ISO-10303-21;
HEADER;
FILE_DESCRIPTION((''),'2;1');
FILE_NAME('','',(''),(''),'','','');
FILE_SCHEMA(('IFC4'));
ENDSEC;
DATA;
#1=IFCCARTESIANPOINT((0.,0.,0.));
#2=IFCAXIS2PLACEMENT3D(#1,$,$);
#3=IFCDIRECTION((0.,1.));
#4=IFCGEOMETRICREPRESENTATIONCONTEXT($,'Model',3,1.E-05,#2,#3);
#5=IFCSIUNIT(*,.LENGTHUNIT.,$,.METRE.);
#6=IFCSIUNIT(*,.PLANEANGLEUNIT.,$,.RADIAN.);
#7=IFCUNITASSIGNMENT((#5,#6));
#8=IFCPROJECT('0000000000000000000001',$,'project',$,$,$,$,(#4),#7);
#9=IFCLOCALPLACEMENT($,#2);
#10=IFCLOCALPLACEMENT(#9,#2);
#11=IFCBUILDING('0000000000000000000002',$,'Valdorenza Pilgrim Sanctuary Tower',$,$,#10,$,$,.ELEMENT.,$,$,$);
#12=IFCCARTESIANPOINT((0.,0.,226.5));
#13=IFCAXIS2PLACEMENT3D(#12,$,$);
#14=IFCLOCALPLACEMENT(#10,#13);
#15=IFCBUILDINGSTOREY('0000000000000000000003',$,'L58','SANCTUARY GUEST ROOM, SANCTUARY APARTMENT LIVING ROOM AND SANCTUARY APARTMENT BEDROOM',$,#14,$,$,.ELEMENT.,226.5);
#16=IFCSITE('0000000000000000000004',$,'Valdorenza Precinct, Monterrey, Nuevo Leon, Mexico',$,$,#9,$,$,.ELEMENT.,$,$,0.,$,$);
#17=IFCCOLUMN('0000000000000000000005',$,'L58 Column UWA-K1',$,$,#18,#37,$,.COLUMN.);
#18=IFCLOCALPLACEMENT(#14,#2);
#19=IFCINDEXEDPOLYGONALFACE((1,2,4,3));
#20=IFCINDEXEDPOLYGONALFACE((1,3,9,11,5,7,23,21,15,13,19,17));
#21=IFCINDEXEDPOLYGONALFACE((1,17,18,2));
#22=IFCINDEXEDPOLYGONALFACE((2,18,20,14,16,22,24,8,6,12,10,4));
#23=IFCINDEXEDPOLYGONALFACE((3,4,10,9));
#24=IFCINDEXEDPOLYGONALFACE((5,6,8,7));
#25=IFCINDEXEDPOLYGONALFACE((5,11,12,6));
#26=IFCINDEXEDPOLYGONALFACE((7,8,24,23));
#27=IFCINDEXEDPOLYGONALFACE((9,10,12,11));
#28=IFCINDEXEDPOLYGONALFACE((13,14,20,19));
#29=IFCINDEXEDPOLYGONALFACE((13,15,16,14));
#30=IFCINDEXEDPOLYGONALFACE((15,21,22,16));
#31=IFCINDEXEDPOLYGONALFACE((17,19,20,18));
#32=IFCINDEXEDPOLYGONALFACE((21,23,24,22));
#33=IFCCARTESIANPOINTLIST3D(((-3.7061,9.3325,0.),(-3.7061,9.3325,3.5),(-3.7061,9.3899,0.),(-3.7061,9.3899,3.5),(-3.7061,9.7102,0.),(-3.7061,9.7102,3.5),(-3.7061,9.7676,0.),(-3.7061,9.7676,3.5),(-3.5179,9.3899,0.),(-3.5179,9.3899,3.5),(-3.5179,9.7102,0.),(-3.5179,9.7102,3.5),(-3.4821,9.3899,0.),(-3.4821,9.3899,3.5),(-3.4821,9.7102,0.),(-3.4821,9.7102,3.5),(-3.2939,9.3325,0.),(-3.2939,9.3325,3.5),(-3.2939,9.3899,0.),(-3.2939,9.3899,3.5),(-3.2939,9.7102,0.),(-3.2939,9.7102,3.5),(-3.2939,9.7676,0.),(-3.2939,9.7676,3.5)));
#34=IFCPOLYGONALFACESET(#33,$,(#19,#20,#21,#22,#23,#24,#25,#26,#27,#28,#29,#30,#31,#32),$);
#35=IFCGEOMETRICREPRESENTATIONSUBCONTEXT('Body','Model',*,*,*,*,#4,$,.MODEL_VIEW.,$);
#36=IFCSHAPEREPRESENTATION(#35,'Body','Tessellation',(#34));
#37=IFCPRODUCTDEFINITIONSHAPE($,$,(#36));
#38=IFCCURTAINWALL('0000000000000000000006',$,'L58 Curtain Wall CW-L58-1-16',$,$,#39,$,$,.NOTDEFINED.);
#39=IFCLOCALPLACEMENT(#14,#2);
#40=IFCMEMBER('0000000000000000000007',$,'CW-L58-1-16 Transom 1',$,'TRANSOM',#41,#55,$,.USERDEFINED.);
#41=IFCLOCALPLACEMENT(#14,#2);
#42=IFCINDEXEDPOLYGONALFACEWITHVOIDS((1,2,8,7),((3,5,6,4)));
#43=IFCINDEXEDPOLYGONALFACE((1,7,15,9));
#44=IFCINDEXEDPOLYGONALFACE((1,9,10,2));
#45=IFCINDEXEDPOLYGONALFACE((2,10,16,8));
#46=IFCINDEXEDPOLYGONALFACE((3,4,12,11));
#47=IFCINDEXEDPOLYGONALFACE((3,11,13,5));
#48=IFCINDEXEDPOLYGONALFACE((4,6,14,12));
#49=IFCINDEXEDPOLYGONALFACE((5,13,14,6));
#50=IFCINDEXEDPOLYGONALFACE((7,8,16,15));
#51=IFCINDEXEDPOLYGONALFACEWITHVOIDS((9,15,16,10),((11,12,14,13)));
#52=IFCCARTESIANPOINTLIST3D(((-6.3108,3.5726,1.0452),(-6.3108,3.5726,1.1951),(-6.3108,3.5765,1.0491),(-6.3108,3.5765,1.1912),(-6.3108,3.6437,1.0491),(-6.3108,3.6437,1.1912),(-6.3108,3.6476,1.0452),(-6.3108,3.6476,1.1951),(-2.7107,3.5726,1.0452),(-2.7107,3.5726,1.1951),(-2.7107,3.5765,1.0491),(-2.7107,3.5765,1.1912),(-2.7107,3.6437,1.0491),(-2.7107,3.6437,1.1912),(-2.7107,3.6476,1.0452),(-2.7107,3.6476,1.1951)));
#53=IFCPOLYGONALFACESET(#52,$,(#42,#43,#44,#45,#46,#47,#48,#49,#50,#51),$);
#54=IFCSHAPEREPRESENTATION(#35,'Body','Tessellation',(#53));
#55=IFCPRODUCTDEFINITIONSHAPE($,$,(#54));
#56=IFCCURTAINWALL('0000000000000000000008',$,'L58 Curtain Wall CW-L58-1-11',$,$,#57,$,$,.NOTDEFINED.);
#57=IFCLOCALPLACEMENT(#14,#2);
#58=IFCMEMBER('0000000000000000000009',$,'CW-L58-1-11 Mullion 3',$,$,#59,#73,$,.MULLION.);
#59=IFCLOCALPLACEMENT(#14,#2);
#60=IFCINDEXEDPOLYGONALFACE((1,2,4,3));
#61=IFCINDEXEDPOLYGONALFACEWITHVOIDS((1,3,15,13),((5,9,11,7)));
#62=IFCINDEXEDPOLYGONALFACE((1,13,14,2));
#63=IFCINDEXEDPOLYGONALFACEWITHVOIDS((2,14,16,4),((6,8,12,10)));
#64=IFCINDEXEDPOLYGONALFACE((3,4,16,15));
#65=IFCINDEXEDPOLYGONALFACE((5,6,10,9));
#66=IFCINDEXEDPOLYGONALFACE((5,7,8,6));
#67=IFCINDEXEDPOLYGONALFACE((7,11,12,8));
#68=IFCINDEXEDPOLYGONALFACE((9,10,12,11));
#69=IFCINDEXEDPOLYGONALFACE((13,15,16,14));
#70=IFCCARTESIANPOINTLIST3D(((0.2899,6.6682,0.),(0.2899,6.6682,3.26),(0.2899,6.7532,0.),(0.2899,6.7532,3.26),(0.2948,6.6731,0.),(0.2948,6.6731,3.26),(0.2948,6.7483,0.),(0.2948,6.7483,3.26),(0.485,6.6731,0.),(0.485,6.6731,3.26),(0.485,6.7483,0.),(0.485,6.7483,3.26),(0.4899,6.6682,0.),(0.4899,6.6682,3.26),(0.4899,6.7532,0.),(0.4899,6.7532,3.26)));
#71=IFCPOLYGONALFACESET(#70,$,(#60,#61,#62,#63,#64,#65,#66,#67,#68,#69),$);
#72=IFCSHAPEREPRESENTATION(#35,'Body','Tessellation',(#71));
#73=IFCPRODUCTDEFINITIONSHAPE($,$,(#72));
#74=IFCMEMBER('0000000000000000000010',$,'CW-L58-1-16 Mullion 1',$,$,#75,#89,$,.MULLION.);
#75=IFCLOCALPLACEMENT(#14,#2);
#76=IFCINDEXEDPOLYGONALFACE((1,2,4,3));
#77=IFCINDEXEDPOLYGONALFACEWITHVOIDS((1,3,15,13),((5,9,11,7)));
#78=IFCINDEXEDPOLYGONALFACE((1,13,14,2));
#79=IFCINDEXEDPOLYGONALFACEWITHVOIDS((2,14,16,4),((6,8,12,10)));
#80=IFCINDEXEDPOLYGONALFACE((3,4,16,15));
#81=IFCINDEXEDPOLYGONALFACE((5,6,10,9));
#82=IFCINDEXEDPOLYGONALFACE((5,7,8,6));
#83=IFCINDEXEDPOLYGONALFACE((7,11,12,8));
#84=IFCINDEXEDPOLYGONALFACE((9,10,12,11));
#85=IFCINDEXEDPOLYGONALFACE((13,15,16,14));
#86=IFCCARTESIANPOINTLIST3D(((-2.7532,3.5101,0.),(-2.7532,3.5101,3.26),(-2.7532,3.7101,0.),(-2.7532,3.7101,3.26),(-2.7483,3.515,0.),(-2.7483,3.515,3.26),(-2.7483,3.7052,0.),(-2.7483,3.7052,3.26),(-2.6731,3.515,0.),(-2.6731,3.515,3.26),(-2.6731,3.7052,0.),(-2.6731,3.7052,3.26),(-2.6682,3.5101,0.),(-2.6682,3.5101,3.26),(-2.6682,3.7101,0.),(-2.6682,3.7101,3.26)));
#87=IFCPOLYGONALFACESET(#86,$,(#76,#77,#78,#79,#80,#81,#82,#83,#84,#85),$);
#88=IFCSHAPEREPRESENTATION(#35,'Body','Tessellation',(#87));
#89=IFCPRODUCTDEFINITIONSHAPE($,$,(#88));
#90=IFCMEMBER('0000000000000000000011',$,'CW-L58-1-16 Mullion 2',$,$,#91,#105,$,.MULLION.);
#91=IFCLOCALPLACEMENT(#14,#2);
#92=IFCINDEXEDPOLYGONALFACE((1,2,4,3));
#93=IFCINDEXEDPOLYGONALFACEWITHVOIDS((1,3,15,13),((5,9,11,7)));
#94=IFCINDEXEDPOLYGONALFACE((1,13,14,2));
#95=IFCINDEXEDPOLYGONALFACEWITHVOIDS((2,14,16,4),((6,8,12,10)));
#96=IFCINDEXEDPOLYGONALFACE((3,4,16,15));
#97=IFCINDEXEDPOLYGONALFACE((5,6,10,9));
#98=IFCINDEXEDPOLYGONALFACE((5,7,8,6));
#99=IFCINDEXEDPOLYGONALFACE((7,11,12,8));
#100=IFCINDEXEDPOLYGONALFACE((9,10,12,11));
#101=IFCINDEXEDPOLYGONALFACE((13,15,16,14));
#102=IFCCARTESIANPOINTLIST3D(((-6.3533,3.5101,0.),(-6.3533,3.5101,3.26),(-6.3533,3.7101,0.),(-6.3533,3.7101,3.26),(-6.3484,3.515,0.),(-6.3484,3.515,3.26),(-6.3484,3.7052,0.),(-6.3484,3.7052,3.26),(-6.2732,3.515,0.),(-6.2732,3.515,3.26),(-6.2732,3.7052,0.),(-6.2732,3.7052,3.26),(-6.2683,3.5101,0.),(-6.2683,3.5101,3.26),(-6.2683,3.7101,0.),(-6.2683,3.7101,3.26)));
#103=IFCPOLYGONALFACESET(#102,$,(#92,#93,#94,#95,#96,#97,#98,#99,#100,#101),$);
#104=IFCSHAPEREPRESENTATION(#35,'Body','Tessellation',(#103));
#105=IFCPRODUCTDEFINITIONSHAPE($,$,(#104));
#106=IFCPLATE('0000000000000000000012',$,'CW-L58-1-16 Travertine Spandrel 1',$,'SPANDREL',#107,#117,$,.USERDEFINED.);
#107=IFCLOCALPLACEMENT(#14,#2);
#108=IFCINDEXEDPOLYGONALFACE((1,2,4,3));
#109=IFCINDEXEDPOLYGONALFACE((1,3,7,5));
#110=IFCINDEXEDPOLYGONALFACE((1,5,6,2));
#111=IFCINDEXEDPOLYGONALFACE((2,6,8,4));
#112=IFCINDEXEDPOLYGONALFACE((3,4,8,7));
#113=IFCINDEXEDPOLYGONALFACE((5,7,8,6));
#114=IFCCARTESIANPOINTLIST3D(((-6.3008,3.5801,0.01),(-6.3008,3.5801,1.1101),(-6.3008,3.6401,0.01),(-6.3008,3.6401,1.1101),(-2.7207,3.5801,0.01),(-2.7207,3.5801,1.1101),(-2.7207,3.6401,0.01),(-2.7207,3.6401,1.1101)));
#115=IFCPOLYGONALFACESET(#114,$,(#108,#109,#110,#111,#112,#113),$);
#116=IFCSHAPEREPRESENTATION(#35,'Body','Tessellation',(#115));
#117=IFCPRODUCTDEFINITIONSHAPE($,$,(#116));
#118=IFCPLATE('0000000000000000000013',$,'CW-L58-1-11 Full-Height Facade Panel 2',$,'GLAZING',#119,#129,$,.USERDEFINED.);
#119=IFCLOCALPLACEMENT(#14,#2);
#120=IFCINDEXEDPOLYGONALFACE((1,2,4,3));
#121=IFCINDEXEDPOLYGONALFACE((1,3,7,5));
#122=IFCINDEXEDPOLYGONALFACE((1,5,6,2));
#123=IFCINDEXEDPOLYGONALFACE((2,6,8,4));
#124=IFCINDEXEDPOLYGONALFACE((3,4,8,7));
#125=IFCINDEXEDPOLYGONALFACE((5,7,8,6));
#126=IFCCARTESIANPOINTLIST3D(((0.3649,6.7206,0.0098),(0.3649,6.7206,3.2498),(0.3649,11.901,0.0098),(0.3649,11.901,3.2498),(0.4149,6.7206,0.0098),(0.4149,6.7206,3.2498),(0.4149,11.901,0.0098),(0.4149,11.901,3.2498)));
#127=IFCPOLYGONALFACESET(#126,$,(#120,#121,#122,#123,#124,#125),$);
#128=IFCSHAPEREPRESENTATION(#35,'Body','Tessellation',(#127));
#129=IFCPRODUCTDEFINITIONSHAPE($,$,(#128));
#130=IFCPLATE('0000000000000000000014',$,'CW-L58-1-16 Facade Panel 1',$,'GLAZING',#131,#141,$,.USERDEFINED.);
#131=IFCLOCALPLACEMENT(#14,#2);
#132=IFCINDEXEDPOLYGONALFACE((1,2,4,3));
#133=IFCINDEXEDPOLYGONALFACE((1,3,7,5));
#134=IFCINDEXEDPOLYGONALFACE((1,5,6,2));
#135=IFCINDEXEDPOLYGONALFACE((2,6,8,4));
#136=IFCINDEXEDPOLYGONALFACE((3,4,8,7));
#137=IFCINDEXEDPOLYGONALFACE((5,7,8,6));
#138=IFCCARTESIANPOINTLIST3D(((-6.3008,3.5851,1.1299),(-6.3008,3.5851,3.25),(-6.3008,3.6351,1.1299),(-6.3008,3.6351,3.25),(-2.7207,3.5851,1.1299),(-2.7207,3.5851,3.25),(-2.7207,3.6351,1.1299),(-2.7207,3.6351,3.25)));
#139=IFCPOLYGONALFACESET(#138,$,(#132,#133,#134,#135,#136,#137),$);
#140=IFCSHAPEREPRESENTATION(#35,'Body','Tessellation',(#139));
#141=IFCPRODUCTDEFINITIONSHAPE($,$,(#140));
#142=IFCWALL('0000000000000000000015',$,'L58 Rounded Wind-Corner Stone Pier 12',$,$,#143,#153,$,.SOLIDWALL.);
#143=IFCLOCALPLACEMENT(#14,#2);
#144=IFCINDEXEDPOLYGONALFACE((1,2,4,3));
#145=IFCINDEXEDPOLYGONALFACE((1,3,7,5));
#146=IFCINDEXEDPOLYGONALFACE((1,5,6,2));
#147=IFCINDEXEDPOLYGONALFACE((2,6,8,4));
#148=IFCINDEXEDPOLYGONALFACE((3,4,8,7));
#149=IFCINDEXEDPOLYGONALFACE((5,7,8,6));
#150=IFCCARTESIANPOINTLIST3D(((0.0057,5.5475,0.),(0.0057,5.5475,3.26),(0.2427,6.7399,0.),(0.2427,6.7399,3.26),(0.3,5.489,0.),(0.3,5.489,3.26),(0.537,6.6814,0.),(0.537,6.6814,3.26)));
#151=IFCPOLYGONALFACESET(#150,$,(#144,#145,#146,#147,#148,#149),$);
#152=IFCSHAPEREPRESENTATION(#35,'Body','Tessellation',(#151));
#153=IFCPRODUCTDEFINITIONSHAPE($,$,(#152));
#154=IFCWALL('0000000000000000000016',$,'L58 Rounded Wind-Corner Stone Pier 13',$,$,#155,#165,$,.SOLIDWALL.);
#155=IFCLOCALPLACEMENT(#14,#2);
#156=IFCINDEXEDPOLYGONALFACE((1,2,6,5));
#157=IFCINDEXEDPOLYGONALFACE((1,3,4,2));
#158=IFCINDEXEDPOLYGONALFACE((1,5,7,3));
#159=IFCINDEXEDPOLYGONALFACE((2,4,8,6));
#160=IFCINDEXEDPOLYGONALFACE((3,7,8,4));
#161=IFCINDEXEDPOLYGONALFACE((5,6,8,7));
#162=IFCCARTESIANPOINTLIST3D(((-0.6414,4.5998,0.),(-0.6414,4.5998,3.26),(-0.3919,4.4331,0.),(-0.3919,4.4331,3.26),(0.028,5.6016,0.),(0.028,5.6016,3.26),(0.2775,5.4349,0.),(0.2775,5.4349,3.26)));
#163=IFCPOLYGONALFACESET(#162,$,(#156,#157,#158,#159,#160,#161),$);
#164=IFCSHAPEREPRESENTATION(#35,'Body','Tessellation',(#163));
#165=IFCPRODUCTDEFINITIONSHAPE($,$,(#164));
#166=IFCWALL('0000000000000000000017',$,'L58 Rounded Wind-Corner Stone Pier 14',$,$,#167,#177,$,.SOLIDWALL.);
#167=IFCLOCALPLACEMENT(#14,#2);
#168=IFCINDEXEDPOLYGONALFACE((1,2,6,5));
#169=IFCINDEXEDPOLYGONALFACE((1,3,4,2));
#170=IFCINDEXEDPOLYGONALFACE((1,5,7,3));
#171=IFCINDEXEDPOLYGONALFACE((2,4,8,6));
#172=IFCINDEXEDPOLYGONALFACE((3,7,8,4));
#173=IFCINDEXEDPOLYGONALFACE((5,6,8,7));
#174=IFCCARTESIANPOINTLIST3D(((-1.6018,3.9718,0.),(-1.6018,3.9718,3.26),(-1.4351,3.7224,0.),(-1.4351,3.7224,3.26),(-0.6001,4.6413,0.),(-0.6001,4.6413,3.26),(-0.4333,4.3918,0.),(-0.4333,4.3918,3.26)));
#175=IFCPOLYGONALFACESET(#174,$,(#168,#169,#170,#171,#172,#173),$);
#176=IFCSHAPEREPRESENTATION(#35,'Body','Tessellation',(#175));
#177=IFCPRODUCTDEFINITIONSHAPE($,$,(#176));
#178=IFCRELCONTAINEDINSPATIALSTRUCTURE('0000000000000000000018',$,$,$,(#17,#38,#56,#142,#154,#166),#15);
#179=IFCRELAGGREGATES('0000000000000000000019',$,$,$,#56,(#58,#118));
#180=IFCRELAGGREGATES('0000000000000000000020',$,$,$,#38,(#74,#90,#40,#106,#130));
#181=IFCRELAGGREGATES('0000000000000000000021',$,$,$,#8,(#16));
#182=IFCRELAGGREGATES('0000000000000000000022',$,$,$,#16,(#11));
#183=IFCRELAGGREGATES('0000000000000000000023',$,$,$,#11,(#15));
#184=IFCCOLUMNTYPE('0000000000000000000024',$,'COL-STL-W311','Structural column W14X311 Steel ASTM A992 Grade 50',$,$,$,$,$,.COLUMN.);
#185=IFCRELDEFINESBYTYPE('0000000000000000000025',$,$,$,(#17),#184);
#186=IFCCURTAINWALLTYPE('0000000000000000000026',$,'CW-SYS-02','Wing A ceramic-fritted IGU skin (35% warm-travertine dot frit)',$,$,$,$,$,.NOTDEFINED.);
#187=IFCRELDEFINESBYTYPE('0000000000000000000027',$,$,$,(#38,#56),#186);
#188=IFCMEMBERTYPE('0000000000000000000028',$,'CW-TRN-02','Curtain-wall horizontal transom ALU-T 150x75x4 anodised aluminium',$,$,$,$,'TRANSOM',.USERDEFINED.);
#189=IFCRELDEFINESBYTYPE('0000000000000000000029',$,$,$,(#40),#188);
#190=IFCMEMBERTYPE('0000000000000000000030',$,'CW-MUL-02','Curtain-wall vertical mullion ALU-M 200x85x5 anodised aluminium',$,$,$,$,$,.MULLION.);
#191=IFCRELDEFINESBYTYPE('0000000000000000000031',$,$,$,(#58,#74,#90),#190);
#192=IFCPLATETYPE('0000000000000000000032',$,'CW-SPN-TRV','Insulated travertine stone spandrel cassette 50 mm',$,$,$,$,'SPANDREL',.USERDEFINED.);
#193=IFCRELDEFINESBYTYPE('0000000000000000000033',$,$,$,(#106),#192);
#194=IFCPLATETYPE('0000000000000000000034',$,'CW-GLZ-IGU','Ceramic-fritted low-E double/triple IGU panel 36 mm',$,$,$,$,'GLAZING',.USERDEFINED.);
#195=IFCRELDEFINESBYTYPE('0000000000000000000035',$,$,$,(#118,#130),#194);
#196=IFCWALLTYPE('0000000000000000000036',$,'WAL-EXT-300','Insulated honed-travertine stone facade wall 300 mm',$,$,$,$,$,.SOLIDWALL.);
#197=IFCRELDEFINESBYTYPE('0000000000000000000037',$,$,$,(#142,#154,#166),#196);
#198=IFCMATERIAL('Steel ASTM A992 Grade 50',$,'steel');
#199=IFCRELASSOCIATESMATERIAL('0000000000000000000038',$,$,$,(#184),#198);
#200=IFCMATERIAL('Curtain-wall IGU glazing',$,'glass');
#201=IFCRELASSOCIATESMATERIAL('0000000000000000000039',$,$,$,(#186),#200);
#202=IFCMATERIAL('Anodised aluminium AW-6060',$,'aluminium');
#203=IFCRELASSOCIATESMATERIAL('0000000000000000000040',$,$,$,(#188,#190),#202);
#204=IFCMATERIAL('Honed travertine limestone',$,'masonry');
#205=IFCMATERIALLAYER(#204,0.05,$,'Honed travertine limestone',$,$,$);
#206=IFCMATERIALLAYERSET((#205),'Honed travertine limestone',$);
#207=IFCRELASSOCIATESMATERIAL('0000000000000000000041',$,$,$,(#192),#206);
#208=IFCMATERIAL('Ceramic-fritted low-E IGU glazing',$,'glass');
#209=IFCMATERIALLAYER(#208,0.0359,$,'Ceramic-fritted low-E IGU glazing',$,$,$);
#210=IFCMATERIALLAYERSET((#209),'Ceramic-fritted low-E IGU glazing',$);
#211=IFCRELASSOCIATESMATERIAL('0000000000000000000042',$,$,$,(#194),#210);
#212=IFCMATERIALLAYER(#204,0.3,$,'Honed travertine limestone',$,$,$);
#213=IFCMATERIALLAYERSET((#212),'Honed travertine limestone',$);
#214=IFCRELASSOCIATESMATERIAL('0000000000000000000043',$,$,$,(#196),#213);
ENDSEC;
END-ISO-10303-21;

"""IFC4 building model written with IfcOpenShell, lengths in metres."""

from ifc_helpers import new_model, si_unit, direction, frame, frame_2d, origin, origin_2d, place, context, subcontext, project, spatial, rectangle, hollow_rectangle, i_section, extrude, source, transform, mapped, material, layer, layer_set, material_profile, profile_set, type_object, element, aggregate, save


model = new_model("IFC4")

# Units and contexts
model_context = context("Model", 3, precision=1e-05, world=origin(), true_north=direction((0.0, 1.0)))
body_context = subcontext(model_context, "Body", "Model", "MODEL_VIEW")
ifc_project = project(units=[si_unit("LENGTHUNIT", "METRE"), si_unit("PLANEANGLEUNIT", "RADIAN")], contexts=[model_context])

# Site, building, storey
site_placement = place(None, origin())
site = spatial("IfcSite", under=ifc_project, at=site_placement, Name="Valdorenza Precinct, Monterrey, Nuevo Leon, Mexico", CompositionType="ELEMENT", RefElevation=0.0)
building_placement = place(site_placement, origin())
building = spatial("IfcBuilding", under=site, at=building_placement, Name="Valdorenza Pilgrim Sanctuary Tower", CompositionType="ELEMENT")
storey_placement = place(building_placement, frame((0.0, 0.0, 226.5)))
storey = spatial("IfcBuildingStorey", under=building, at=storey_placement, Name="L58", Description="SANCTUARY GUEST ROOM, SANCTUARY APARTMENT LIVING ROOM AND SANCTUARY APARTMENT BEDROOM", CompositionType="ELEMENT", Elevation=226.5)

# Column
ifc_material_1 = material(Name="Steel ASTM A992 Grade 50", Category="steel")
ifc_material_profile_1 = material_profile(ifc_material_1, i_section(OverallWidth=0.4121, OverallDepth=0.4351, WebThickness=0.0359, FlangeThickness=0.0574, at=origin_2d()), Name="W14X311")
ifc_profile_set_1 = profile_set([ifc_material_profile_1], Name="Steel ASTM A992 Grade 50")
column_type = type_object("IfcColumnType", Name="COL-STL-W311", Description="Structural column W14X311 Steel ASTM A992 Grade 50", PredefinedType="COLUMN", material=ifc_profile_set_1)
shared_shape_1 = source(origin(), body_context, "Body", "SweptSolid", [
    extrude(i_section(OverallWidth=0.4121, OverallDepth=0.4351, WebThickness=0.0359, FlangeThickness=0.0574, at=origin_2d()), origin(), (0.0, 0.0, 1.0), 3.5),
])
column_placement = place(storey_placement, frame((-3.5, 9.55, 0.0), z_axis=(0.0, 0.0, 1.0), x_axis=(1.0, 0.0, 0.0)))
element("IfcColumn", 1, at=column_placement, inside=storey, type_object=column_type, Name="L58 Column UWA-K1", PredefinedType="COLUMN", context=body_context, shape_type="MappedRepresentation", body=[
    mapped(shared_shape_1, transform((0.0, 0.0, 0.0), x_axis=(1.0, 0.0, 0.0), y_axis=(0.0, 1.0, 0.0), z_axis=(0.0, 0.0, 1.0), scale=1.0)),
])

# Curtain walls, members
ifc_material_2 = material(Name="Curtain-wall IGU glazing", Category="glass")
curtain_wall_type = type_object("IfcCurtainWallType", Name="CW-SYS-02", Description="Wing A ceramic-fritted IGU skin (35% warm-travertine dot frit)", PredefinedType="NOTDEFINED", material=ifc_material_2)
curtain_wall_1_placement = place(storey_placement, origin())
curtain_wall_1 = element("IfcCurtainWall", 2, at=curtain_wall_1_placement, inside=storey, type_object=curtain_wall_type, Name="L58 Curtain Wall CW-L58-1-16", PredefinedType="NOTDEFINED")
ifc_material_3 = material(Name="Anodised aluminium AW-6060", Category="aluminium")
ifc_material_profile_2 = material_profile(ifc_material_3, hollow_rectangle(XDim=0.075, YDim=0.1499, WallThickness=0.0039, at=origin_2d()), Name="ALU-T 150x75x4")
ifc_profile_set_2 = profile_set([ifc_material_profile_2], Name="Anodised aluminium AW-6060")
member_type_1 = type_object("IfcMemberType", Name="CW-TRN-02", Description="Curtain-wall horizontal transom ALU-T 150x75x4 anodised aluminium", ElementType="TRANSOM", PredefinedType="USERDEFINED", material=ifc_profile_set_2)
shared_shape_2 = source(origin(), body_context, "Body", "SweptSolid", [
    extrude(hollow_rectangle(XDim=0.075, YDim=0.1499, WallThickness=0.0039, at=origin_2d()), origin(), (0.0, 0.0, 1.0), 3.6001),
])
member_1_placement = place(storey_placement, frame((-2.7107, 3.6101, 1.1201), z_axis=(-1.0, 0.0, 0.0), x_axis=(0.0, -1.0, 0.0)))
member_1 = element("IfcMember", 3, at=member_1_placement, type_object=member_type_1, Name="CW-L58-1-16 Transom 1", ObjectType="TRANSOM", PredefinedType="USERDEFINED", context=body_context, shape_type="MappedRepresentation", body=[
    mapped(shared_shape_2, transform((0.0, 0.0, 0.0), x_axis=(1.0, 0.0, 0.0), y_axis=(0.0, 1.0, 0.0), z_axis=(0.0, 0.0, 1.0), scale=1.0)),
])
curtain_wall_2_placement = place(storey_placement, origin())
curtain_wall_2 = element("IfcCurtainWall", 4, at=curtain_wall_2_placement, inside=storey, type_object=curtain_wall_type, Name="L58 Curtain Wall CW-L58-1-11", PredefinedType="NOTDEFINED")
ifc_material_profile_3 = material_profile(ifc_material_3, hollow_rectangle(XDim=0.085, YDim=0.2, WallThickness=0.0049, at=origin_2d()), Name="ALU-M 200x85x5")
ifc_profile_set_3 = profile_set([ifc_material_profile_3], Name="Anodised aluminium AW-6060")
member_type_2 = type_object("IfcMemberType", Name="CW-MUL-02", Description="Curtain-wall vertical mullion ALU-M 200x85x5 anodised aluminium", PredefinedType="MULLION", material=ifc_profile_set_3)
shared_shape_3 = source(origin(), body_context, "Body", "SweptSolid", [
    extrude(hollow_rectangle(XDim=0.085, YDim=0.2, WallThickness=0.0049, at=origin_2d()), origin(), (0.0, 0.0, 1.0), 3.26),
])
member_2_placement = place(storey_placement, frame((0.3899, 6.7107, 0.0), z_axis=(0.0, 0.0, 1.0), x_axis=(0.0, -1.0, 0.0)))
member_2 = element("IfcMember", 5, at=member_2_placement, type_object=member_type_2, Name="CW-L58-1-11 Mullion 3", PredefinedType="MULLION", context=body_context, shape_type="MappedRepresentation", body=[
    mapped(shared_shape_3, transform((0.0, 0.0, 0.0), x_axis=(1.0, 0.0, 0.0), y_axis=(0.0, 1.0, 0.0), z_axis=(0.0, 0.0, 1.0), scale=1.0)),
])

# Members
member_3_placement = place(storey_placement, frame((-2.7107, 3.6101, 0.0), z_axis=(0.0, 0.0, 1.0), x_axis=(-1.0, 0.0, 0.0)))
member_3 = element("IfcMember", 6, at=member_3_placement, type_object=member_type_2, Name="CW-L58-1-16 Mullion 1", PredefinedType="MULLION", context=body_context, shape_type="MappedRepresentation", body=[
    mapped(shared_shape_3, transform((0.0, 0.0, 0.0), x_axis=(1.0, 0.0, 0.0), y_axis=(0.0, 1.0, 0.0), z_axis=(0.0, 0.0, 1.0), scale=1.0)),
])
member_4_placement = place(storey_placement, frame((-6.3108, 3.6101, 0.0), z_axis=(0.0, 0.0, 1.0), x_axis=(-1.0, 0.0, 0.0)))
member_4 = element("IfcMember", 7, at=member_4_placement, type_object=member_type_2, Name="CW-L58-1-16 Mullion 2", PredefinedType="MULLION", context=body_context, shape_type="MappedRepresentation", body=[
    mapped(shared_shape_3, transform((0.0, 0.0, 0.0), x_axis=(1.0, 0.0, 0.0), y_axis=(0.0, 1.0, 0.0), z_axis=(0.0, 0.0, 1.0), scale=1.0)),
])

# Plates
ifc_material_4 = material(Name="Honed travertine limestone", Category="masonry")
ifc_layer_1 = layer(ifc_material_4, 0.05, Name="Honed travertine limestone")
ifc_layer_set_1 = layer_set([ifc_layer_1], Name="Honed travertine limestone")
plate_type_1 = type_object("IfcPlateType", Name="CW-SPN-TRV", Description="Insulated travertine stone spandrel cassette 50 mm", ElementType="SPANDREL", PredefinedType="USERDEFINED", material=ifc_layer_set_1)
shared_shape_4 = source(origin(), body_context, "Body", "SweptSolid", [
    extrude(rectangle(XDim=3.5801, YDim=0.0601, at=origin_2d()), origin(), (0.0, 0.0, 1.0), 1.1001),
])
plate_1_placement = place(storey_placement, frame((-4.5107, 3.6101, 0.01), z_axis=(0.0, 0.0, 1.0), x_axis=(-1.0, 0.0, 0.0)))
plate_1 = element("IfcPlate", 8, at=plate_1_placement, type_object=plate_type_1, Name="CW-L58-1-16 Travertine Spandrel 1", ObjectType="SPANDREL", PredefinedType="USERDEFINED", context=body_context, shape_type="MappedRepresentation", body=[
    mapped(shared_shape_4, transform((0.0, 0.0, 0.0), x_axis=(1.0, 0.0, 0.0), y_axis=(0.0, 1.0, 0.0), z_axis=(0.0, 0.0, 1.0), scale=1.0)),
])
ifc_material_5 = material(Name="Ceramic-fritted low-E IGU glazing", Category="glass")
ifc_layer_2 = layer(ifc_material_5, 0.0359, Name="Ceramic-fritted low-E IGU glazing")
ifc_layer_set_2 = layer_set([ifc_layer_2], Name="Ceramic-fritted low-E IGU glazing")
plate_type_2 = type_object("IfcPlateType", Name="CW-GLZ-IGU", Description="Ceramic-fritted low-E double/triple IGU panel 36 mm", ElementType="GLAZING", PredefinedType="USERDEFINED", material=ifc_layer_set_2)
shared_shape_5 = source(origin(), body_context, "Body", "SweptSolid", [
    extrude(rectangle(XDim=5.1804, YDim=0.05, at=origin_2d()), origin(), (0.0, 0.0, 1.0), 3.24),
])
plate_2_placement = place(storey_placement, frame((0.3899, 9.3108, 0.0098), z_axis=(0.0, 0.0, 1.0), x_axis=(0.0, -1.0, 0.0)))
plate_2 = element("IfcPlate", 9, at=plate_2_placement, type_object=plate_type_2, Name="CW-L58-1-11 Full-Height Facade Panel 2", ObjectType="GLAZING", PredefinedType="USERDEFINED", context=body_context, shape_type="MappedRepresentation", body=[
    mapped(shared_shape_5, transform((0.0, 0.0, 0.0), x_axis=(1.0, 0.0, 0.0), y_axis=(0.0, 1.0, 0.0), z_axis=(0.0, 0.0, 1.0), scale=1.0)),
])
aggregate(curtain_wall_2, [member_2, plate_2])
shared_shape_6 = source(origin(), body_context, "Body", "SweptSolid", [
    extrude(rectangle(XDim=3.5801, YDim=0.05, at=origin_2d()), origin(), (0.0, 0.0, 1.0), 2.1201),
])
plate_3_placement = place(storey_placement, frame((-4.5107, 3.6101, 1.1299), z_axis=(0.0, 0.0, 1.0), x_axis=(-1.0, 0.0, 0.0)))
plate_3 = element("IfcPlate", 10, at=plate_3_placement, type_object=plate_type_2, Name="CW-L58-1-16 Facade Panel 1", ObjectType="GLAZING", PredefinedType="USERDEFINED", context=body_context, shape_type="MappedRepresentation", body=[
    mapped(shared_shape_6, transform((0.0, 0.0, 0.0), x_axis=(1.0, 0.0, 0.0), y_axis=(0.0, 1.0, 0.0), z_axis=(0.0, 0.0, 1.0), scale=1.0)),
])
aggregate(curtain_wall_1, [member_3, member_4, member_1, plate_1, plate_3])

# Walls
ifc_layer_3 = layer(ifc_material_4, 0.3, Name="Honed travertine limestone")
ifc_layer_set_3 = layer_set([ifc_layer_3], Name="Honed travertine limestone")
wall_type_1 = type_object("IfcWallType", Name="WAL-EXT-300", Description="Insulated honed-travertine stone facade wall 300 mm", PredefinedType="SOLIDWALL", material=ifc_layer_set_3)
wall_1_placement = place(storey_placement, frame((0.3899, 6.7107, 0.0), z_axis=(0.0, 0.0, 1.0), x_axis=(-0.194996, -0.980804, 0.0)))
element("IfcWall", 11, at=wall_1_placement, inside=storey, type_object=wall_type_1, Name="L58 Rounded Wind-Corner Stone Pier 12", PredefinedType="SOLIDWALL", context=body_context, shape_type="SweptSolid", body=[
    extrude(rectangle(XDim=1.2158, YDim=0.3, at=frame_2d((0.6079, 0.0))), origin(), (0.0, 0.0, 1.0), 3.26),
])
for number, where, z_axis, x_axis, name in (
    (12, (0.1528, 5.5183, 0.0), (0.0, 0.0, 1.0), (-0.555635, -0.831426, 0.0), "L58 Rounded Wind-Corner Stone Pier 13"),
    (13, (-0.5166, 4.5166, 0.0), (0.0, 0.0, 1.0), (-0.831426, -0.555635, 0.0), "L58 Rounded Wind-Corner Stone Pier 14"),
):
    element("IfcWall", number, at=place(storey_placement, frame(where, z_axis=z_axis, x_axis=x_axis)), inside=storey, type_object=wall_type_1, Name=name, PredefinedType="SOLIDWALL", context=body_context, shape_type="SweptSolid", body=[
        extrude(rectangle(XDim=1.2048, YDim=0.3, at=frame_2d((0.6025, 0.0))), origin(), (0.0, 0.0, 1.0), 3.26),
    ])

save(model, "model.ifc")
